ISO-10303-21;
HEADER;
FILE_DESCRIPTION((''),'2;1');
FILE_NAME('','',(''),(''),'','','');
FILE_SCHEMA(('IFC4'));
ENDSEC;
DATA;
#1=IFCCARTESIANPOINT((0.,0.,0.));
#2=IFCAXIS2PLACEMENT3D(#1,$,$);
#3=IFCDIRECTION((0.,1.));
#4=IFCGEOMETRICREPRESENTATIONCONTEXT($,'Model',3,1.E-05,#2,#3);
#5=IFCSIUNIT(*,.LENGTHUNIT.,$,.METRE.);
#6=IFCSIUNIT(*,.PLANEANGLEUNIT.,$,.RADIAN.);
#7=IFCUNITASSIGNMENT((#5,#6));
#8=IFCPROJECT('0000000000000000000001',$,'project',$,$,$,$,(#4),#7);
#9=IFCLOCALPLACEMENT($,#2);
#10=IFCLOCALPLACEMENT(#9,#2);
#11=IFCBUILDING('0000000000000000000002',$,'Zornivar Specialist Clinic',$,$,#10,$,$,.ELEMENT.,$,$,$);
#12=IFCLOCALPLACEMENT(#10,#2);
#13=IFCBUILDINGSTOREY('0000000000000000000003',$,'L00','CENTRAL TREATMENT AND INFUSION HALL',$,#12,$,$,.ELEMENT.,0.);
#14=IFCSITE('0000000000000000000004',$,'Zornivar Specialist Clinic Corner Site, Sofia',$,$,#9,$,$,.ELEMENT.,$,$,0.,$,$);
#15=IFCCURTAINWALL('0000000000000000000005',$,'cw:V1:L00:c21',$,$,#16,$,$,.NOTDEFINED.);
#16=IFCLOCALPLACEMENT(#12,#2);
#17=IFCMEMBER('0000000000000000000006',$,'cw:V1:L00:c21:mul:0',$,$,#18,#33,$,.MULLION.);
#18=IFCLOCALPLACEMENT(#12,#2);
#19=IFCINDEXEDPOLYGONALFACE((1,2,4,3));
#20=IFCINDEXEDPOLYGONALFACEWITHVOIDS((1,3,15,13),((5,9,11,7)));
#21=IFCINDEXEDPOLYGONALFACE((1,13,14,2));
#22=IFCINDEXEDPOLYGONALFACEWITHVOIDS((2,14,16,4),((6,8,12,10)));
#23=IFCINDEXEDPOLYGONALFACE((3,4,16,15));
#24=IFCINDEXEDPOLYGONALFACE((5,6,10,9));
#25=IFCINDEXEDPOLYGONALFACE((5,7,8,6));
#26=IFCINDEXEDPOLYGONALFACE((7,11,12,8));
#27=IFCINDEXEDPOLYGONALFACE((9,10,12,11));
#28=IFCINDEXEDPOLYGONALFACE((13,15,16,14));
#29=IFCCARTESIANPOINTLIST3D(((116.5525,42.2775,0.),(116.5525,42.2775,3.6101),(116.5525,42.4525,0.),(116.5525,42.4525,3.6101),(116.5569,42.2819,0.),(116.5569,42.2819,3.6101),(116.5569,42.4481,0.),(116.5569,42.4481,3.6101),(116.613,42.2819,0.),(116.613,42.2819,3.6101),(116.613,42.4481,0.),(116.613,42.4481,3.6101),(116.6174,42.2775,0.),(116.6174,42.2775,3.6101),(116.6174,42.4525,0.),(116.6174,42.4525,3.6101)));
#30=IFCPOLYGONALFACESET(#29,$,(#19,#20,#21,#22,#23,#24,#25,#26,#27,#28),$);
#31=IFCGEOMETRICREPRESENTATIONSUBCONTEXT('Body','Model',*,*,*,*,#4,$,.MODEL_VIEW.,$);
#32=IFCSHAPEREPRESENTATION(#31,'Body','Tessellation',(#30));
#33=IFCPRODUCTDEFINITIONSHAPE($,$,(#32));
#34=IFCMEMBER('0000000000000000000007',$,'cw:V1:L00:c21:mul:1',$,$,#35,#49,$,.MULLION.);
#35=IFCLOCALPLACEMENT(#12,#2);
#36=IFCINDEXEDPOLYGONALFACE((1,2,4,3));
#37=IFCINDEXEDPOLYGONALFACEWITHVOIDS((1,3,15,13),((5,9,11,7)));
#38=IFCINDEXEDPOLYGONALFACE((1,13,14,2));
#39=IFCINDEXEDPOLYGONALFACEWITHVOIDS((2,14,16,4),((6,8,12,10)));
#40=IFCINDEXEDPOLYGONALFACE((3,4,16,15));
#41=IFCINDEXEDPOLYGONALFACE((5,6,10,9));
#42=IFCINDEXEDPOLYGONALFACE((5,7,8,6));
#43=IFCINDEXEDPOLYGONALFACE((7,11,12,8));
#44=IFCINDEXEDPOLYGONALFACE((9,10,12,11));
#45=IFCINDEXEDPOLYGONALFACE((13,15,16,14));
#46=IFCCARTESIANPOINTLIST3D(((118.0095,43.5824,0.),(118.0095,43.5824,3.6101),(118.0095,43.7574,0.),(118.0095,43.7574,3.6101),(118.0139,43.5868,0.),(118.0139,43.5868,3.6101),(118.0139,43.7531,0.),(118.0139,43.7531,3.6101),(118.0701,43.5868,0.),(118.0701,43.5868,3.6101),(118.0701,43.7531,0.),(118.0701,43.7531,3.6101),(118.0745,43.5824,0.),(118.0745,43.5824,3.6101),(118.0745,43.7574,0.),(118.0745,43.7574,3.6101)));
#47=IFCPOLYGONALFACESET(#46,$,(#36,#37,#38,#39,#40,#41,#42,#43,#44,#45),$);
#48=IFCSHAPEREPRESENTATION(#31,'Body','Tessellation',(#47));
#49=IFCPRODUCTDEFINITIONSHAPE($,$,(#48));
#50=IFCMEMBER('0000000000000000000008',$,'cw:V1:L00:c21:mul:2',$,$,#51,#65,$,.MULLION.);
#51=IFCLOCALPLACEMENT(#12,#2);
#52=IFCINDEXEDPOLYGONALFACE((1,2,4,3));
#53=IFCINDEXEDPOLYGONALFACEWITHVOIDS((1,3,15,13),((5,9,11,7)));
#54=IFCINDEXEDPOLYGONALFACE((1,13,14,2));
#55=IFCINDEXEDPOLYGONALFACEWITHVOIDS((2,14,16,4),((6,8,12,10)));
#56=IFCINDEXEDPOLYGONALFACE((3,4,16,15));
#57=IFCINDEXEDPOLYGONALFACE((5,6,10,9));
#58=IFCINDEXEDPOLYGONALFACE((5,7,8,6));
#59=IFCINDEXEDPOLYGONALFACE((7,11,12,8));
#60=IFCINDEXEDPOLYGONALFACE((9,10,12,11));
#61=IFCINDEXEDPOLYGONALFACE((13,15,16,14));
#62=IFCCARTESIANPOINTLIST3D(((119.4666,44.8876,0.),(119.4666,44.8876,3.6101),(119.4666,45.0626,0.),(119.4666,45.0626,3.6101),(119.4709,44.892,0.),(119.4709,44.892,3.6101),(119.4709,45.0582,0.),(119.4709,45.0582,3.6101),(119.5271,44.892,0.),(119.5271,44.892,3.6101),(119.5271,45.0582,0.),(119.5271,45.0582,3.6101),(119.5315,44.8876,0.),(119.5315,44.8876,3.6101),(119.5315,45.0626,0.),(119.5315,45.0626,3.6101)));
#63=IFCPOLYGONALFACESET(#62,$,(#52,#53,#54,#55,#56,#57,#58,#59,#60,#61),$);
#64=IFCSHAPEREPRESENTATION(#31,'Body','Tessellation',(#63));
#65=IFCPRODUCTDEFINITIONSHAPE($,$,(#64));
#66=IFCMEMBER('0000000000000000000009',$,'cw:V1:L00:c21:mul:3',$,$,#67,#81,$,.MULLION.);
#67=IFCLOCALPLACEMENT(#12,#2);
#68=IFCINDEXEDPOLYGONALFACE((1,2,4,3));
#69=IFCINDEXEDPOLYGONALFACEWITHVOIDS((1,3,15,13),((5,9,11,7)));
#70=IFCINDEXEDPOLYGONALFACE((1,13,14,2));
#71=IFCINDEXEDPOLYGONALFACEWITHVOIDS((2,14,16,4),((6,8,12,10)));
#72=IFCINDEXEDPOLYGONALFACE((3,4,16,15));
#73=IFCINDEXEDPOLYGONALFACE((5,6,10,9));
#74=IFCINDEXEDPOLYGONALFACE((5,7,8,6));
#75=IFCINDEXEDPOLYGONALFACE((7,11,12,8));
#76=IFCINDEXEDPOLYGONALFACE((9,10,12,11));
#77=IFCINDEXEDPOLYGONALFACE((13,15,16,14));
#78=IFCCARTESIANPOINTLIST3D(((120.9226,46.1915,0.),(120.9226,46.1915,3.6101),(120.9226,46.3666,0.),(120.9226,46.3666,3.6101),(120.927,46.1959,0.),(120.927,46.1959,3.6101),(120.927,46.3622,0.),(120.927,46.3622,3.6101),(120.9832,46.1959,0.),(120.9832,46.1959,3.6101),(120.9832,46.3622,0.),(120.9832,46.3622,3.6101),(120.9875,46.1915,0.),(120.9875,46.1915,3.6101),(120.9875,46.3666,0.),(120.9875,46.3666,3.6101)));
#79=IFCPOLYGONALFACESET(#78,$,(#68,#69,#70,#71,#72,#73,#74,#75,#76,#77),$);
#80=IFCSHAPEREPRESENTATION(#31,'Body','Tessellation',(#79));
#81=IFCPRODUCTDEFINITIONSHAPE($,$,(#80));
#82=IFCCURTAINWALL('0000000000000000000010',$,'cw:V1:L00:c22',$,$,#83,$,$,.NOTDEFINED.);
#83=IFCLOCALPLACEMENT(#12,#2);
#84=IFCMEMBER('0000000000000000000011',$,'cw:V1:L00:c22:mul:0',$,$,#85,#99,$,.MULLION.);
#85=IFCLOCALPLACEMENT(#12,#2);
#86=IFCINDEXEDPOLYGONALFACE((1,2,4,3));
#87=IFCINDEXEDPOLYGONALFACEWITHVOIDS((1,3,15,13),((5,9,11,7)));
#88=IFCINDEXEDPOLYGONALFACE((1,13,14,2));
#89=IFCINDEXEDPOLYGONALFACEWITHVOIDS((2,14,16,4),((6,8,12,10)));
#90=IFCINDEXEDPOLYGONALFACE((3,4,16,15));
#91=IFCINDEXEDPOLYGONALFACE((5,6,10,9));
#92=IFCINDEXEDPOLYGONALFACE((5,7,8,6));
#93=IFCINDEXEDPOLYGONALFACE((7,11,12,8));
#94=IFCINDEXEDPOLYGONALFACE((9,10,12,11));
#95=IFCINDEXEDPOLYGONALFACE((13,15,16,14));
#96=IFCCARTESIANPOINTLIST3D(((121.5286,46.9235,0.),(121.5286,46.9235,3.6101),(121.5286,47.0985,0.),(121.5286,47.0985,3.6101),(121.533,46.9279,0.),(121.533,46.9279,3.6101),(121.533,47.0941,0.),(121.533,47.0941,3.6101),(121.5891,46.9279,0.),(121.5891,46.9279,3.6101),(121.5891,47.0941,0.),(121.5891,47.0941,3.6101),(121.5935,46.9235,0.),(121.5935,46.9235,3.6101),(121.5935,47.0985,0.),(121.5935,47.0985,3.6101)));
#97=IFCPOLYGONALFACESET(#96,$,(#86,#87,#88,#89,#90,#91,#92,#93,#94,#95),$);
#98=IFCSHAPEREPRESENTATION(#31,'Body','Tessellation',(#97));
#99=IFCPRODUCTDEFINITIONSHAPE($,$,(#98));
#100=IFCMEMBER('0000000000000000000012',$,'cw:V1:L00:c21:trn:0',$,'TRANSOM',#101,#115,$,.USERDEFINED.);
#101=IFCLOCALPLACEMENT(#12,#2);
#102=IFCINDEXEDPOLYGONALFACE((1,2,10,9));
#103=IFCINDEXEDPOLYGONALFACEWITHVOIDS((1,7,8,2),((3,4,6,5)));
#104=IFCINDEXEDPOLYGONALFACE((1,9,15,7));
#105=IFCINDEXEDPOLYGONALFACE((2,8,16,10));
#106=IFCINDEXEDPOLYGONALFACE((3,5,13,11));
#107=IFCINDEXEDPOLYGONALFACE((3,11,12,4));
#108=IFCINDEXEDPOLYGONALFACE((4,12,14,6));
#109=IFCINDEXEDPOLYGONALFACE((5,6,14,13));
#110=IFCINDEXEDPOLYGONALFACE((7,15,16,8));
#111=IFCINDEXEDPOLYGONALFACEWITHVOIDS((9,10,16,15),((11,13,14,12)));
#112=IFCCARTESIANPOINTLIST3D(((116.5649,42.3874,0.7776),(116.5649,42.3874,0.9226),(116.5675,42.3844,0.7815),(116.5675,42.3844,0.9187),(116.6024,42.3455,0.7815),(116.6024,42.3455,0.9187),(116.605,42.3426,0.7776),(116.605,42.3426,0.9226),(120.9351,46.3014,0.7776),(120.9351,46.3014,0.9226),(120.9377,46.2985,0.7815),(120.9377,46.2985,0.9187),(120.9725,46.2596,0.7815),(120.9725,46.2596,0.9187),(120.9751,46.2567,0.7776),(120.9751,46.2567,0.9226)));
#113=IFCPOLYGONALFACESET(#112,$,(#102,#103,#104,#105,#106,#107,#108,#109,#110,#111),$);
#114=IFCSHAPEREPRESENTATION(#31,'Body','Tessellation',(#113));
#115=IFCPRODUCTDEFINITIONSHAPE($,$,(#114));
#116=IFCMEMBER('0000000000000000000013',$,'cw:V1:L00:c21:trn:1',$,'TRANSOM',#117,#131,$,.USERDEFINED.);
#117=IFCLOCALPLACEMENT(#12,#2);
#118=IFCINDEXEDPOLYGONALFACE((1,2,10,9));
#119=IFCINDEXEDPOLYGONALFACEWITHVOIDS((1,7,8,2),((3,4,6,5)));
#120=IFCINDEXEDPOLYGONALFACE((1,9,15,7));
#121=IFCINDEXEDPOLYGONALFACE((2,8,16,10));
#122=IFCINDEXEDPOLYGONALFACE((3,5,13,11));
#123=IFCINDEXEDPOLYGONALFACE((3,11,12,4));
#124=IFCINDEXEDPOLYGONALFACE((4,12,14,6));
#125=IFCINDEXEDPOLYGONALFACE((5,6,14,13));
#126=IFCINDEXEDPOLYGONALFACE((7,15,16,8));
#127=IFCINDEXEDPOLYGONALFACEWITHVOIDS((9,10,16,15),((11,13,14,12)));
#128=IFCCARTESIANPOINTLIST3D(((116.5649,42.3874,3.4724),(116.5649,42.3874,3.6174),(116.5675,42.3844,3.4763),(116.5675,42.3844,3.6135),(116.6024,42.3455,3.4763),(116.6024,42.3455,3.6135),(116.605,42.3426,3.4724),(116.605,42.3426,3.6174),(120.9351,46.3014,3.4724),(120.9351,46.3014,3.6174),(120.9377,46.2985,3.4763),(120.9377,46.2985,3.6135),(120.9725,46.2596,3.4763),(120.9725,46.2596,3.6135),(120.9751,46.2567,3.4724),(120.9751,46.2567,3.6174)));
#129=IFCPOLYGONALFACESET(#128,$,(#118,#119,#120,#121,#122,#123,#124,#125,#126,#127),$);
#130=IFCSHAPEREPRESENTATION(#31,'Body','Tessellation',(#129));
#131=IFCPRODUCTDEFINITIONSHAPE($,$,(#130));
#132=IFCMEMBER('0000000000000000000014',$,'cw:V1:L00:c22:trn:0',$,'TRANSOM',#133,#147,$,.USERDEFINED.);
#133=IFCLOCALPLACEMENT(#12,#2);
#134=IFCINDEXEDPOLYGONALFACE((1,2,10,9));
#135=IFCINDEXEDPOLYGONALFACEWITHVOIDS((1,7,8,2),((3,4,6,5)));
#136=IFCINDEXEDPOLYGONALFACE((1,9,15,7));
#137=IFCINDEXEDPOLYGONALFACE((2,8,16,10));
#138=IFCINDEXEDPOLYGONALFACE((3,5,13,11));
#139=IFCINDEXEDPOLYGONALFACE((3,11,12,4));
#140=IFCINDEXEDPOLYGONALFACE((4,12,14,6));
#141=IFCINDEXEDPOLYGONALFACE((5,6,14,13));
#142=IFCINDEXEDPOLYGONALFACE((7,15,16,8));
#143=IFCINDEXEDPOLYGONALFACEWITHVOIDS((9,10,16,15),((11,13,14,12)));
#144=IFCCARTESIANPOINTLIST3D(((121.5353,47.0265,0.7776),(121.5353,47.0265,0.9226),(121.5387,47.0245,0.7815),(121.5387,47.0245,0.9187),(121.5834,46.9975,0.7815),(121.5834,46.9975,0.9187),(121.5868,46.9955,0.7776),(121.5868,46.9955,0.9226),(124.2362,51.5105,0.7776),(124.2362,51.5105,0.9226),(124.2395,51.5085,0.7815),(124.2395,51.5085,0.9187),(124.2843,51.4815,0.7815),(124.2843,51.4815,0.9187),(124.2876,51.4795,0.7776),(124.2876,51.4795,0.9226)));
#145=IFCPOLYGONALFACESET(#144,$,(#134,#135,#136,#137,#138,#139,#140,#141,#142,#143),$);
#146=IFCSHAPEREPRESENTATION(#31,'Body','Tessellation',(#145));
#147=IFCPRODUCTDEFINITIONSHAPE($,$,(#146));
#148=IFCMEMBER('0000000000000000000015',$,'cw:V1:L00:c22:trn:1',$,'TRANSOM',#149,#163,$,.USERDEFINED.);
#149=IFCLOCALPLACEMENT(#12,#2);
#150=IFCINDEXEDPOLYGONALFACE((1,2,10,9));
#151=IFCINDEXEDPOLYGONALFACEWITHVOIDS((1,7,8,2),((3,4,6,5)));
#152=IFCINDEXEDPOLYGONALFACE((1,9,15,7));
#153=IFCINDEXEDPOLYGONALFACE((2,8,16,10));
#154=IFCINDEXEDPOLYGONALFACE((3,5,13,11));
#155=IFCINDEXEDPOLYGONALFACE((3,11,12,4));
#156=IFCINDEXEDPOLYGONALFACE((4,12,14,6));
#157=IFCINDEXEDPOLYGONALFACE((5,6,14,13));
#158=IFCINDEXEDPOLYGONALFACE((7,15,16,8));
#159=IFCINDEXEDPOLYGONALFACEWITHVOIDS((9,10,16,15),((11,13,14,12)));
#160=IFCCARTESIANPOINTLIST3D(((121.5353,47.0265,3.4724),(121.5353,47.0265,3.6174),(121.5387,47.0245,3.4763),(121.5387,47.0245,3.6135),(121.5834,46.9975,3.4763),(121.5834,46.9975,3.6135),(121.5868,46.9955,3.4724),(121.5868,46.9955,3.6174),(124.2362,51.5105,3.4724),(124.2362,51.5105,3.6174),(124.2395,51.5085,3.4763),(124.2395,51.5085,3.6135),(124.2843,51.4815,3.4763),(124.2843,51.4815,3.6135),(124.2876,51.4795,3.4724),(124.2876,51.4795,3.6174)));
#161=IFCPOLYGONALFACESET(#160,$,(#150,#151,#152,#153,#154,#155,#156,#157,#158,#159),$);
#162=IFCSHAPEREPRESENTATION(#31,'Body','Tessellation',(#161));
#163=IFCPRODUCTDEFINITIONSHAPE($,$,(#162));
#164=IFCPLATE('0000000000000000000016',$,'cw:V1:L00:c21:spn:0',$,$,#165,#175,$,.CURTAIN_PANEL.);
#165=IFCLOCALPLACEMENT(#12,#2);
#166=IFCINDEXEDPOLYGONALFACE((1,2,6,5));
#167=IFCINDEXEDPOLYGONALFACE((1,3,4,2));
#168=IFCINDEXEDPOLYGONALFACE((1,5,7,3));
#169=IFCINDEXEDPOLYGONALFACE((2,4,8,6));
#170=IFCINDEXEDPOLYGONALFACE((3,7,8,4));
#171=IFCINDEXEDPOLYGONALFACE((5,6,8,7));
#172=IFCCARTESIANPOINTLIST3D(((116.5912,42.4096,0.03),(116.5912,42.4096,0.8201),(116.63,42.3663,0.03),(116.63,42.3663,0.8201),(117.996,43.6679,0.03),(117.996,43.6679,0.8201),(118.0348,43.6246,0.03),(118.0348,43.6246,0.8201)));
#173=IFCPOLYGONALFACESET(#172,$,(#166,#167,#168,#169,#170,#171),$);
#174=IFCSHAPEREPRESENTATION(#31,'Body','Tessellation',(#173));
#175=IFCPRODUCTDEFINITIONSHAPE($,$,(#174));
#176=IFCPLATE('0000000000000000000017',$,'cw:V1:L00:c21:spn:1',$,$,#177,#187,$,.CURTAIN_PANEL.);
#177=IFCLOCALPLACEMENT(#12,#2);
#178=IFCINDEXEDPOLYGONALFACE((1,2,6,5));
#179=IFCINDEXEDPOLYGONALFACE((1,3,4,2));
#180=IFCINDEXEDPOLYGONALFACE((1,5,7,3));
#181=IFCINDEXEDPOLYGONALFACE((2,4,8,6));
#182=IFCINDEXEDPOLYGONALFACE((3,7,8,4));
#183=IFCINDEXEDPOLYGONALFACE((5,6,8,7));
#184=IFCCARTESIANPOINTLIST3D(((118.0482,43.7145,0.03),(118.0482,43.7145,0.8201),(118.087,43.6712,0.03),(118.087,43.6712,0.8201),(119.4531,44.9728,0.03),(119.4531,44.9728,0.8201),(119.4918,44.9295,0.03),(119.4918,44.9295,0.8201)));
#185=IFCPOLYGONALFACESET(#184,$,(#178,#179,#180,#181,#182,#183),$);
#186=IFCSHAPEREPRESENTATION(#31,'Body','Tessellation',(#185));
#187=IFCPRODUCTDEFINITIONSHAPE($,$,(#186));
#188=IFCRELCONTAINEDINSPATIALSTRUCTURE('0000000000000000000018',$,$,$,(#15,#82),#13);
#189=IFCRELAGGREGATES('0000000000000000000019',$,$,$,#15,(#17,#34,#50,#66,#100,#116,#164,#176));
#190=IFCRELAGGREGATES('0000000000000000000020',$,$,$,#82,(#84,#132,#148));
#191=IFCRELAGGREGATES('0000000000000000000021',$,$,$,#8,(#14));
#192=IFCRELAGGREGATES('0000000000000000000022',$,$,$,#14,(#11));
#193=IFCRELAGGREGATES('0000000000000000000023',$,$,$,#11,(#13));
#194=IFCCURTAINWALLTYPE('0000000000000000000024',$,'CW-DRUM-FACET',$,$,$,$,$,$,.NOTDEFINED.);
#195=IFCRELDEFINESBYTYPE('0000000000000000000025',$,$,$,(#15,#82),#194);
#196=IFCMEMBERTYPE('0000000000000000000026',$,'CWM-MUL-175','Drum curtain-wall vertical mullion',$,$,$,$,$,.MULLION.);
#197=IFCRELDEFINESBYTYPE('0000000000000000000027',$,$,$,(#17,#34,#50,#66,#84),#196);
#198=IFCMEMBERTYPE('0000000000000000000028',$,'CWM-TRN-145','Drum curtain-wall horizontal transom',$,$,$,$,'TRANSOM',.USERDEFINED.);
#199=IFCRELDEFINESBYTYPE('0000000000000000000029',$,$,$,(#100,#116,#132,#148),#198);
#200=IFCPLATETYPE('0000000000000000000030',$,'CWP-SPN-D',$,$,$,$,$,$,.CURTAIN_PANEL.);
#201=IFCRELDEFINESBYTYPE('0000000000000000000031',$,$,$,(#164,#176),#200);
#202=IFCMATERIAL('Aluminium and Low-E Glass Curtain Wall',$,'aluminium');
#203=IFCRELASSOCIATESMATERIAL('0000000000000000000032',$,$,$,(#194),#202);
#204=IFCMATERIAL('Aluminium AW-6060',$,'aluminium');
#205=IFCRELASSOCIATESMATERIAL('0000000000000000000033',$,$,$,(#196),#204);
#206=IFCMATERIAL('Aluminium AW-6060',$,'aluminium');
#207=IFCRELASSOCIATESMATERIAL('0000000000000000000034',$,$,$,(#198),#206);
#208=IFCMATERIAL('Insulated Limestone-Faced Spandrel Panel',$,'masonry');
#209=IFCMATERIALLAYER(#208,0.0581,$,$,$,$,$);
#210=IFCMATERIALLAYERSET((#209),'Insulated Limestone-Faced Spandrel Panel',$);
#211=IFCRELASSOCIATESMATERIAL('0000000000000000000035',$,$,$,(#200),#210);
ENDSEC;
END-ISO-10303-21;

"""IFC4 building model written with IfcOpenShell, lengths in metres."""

from ifc_helpers import new_model, si_unit, direction, frame, origin, origin_2d, place, context, subcontext, project, spatial, rectangle, hollow_rectangle, extrude, material, layer, layer_set, material_profile, profile_set, type_object, element, aggregate, save


model = new_model("IFC4")

# Units and contexts
model_context = context("Model", 3, precision=1e-05, world=origin(), true_north=direction((0.0, 1.0)))
body_context = subcontext(model_context, "Body", "Model", "MODEL_VIEW")
ifc_project = project(units=[si_unit("LENGTHUNIT", "METRE"), si_unit("PLANEANGLEUNIT", "RADIAN")], contexts=[model_context])

# Site, building, storey
site_placement = place(None, origin())
site = spatial("IfcSite", under=ifc_project, at=site_placement, Name="Zornivar Specialist Clinic Corner Site, Sofia", CompositionType="ELEMENT", RefElevation=0.0)
building_placement = place(site_placement, origin())
building = spatial("IfcBuilding", under=site, at=building_placement, Name="Zornivar Specialist Clinic", CompositionType="ELEMENT")
storey_placement = place(building_placement, origin())
storey = spatial("IfcBuildingStorey", under=building, at=storey_placement, Name="L00", Description="CENTRAL TREATMENT AND INFUSION HALL", CompositionType="ELEMENT", Elevation=0.0)

# Curtain wall, members
ifc_material_1 = material(Name="Aluminium and Low-E Glass Curtain Wall", Category="aluminium")
curtain_wall_type = type_object("IfcCurtainWallType", Name="CW-DRUM-FACET", PredefinedType="NOTDEFINED", material=ifc_material_1)
curtain_wall_1_placement = place(storey_placement, origin())
curtain_wall_1 = element("IfcCurtainWall", 1, at=curtain_wall_1_placement, inside=storey, type_object=curtain_wall_type, Name="cw:V1:L00:c21", PredefinedType="NOTDEFINED")
ifc_material_2 = material(Name="Aluminium AW-6060", Category="aluminium")
ifc_material_profile_1 = material_profile(ifc_material_2, hollow_rectangle(XDim=0.0649, YDim=0.175, WallThickness=0.0044, at=origin_2d()), Name="ALU 65x175x4.5")
ifc_profile_set_1 = profile_set([ifc_material_profile_1], Name="Aluminium AW-6060")
member_type_1 = type_object("IfcMemberType", Name="CWM-MUL-175", Description="Drum curtain-wall vertical mullion", PredefinedType="MULLION", material=ifc_profile_set_1)
member_1_placement = place(storey_placement, frame((116.585, 42.365, 0.0), z_axis=(0.0, 0.0, 1.0), x_axis=(1.0, 0.0, 0.0)))
member_1 = element("IfcMember", 2, at=member_1_placement, type_object=member_type_1, Name="cw:V1:L00:c21:mul:0", PredefinedType="MULLION", context=body_context, shape_type="SweptSolid", body=[
    extrude(hollow_rectangle(XDim=0.0649, YDim=0.175, WallThickness=0.0044, at=origin_2d()), origin(), (0.0, 0.0, 1.0), 3.6101),
])
member_2_placement = place(storey_placement, frame((118.042, 43.6699, 0.0), z_axis=(0.0, 0.0, 1.0), x_axis=(1.0, 0.0, 0.0)))
member_2 = element("IfcMember", 3, at=member_2_placement, type_object=member_type_1, Name="cw:V1:L00:c21:mul:1", PredefinedType="MULLION", context=body_context, shape_type="SweptSolid", body=[
    extrude(hollow_rectangle(XDim=0.0649, YDim=0.175, WallThickness=0.0044, at=origin_2d()), origin(), (0.0, 0.0, 1.0), 3.6101),
])
member_3_placement = place(storey_placement, frame((119.499, 44.9751, 0.0), z_axis=(0.0, 0.0, 1.0), x_axis=(1.0, 0.0, 0.0)))
member_3 = element("IfcMember", 4, at=member_3_placement, type_object=member_type_1, Name="cw:V1:L00:c21:mul:2", PredefinedType="MULLION", context=body_context, shape_type="SweptSolid", body=[
    extrude(hollow_rectangle(XDim=0.0649, YDim=0.175, WallThickness=0.0044, at=origin_2d()), origin(), (0.0, 0.0, 1.0), 3.6101),
])
member_4_placement = place(storey_placement, frame((120.9551, 46.2791, 0.0), z_axis=(0.0, 0.0, 1.0), x_axis=(1.0, 0.0, 0.0)))
member_4 = element("IfcMember", 5, at=member_4_placement, type_object=member_type_1, Name="cw:V1:L00:c21:mul:3", PredefinedType="MULLION", context=body_context, shape_type="SweptSolid", body=[
    extrude(hollow_rectangle(XDim=0.0649, YDim=0.175, WallThickness=0.0044, at=origin_2d()), origin(), (0.0, 0.0, 1.0), 3.6101),
])

# Curtain wall, member
curtain_wall_2_placement = place(storey_placement, origin())
curtain_wall_2 = element("IfcCurtainWall", 6, at=curtain_wall_2_placement, inside=storey, type_object=curtain_wall_type, Name="cw:V1:L00:c22", PredefinedType="NOTDEFINED")
member_5_placement = place(storey_placement, frame((121.561, 47.011, 0.0), z_axis=(0.0, 0.0, 1.0), x_axis=(1.0, 0.0, 0.0)))
member_5 = element("IfcMember", 7, at=member_5_placement, type_object=member_type_1, Name="cw:V1:L00:c22:mul:0", PredefinedType="MULLION", context=body_context, shape_type="SweptSolid", body=[
    extrude(hollow_rectangle(XDim=0.0649, YDim=0.175, WallThickness=0.0044, at=origin_2d()), origin(), (0.0, 0.0, 1.0), 3.6101),
])

# Members
ifc_material_3 = material(Name="Aluminium AW-6060", Category="aluminium")
ifc_material_profile_2 = material_profile(ifc_material_3, hollow_rectangle(XDim=0.0601, YDim=0.145, WallThickness=0.0039, at=origin_2d()), Name="ALU 60x145x4")
ifc_profile_set_2 = profile_set([ifc_material_profile_2], Name="Aluminium AW-6060")
member_type_2 = type_object("IfcMemberType", Name="CWM-TRN-145", Description="Drum curtain-wall horizontal transom", ElementType="TRANSOM", PredefinedType="USERDEFINED", material=ifc_profile_set_2)
member_6_placement = place(storey_placement, frame((116.585, 42.365, 0.8501), z_axis=(0.744906, 0.667169, 0.0), x_axis=(-0.667169, 0.744906, 0.0)))
member_6 = element("IfcMember", 8, at=member_6_placement, type_object=member_type_2, Name="cw:V1:L00:c21:trn:0", ObjectType="TRANSOM", PredefinedType="USERDEFINED", context=body_context, shape_type="SweptSolid", body=[
    extrude(hollow_rectangle(XDim=0.0601, YDim=0.145, WallThickness=0.0039, at=origin_2d()), origin(), (0.0, 0.0, 1.0), 5.8667),
])
member_7_placement = place(storey_placement, frame((116.585, 42.365, 3.5449), z_axis=(0.744906, 0.667169, 0.0), x_axis=(-0.667169, 0.744906, 0.0)))
member_7 = element("IfcMember", 9, at=member_7_placement, type_object=member_type_2, Name="cw:V1:L00:c21:trn:1", ObjectType="TRANSOM", PredefinedType="USERDEFINED", context=body_context, shape_type="SweptSolid", body=[
    extrude(hollow_rectangle(XDim=0.0601, YDim=0.145, WallThickness=0.0039, at=origin_2d()), origin(), (0.0, 0.0, 1.0), 5.8667),
])
member_8_placement = place(storey_placement, frame((121.561, 47.011, 0.8501), z_axis=(0.515963, 0.856611, 0.0), x_axis=(-0.856611, 0.515963, 0.0)))
member_8 = element("IfcMember", 10, at=member_8_placement, type_object=member_type_2, Name="cw:V1:L00:c22:trn:0", ObjectType="TRANSOM", PredefinedType="USERDEFINED", context=body_context, shape_type="SweptSolid", body=[
    extrude(hollow_rectangle(XDim=0.0601, YDim=0.145, WallThickness=0.0039, at=origin_2d()), origin(), (0.0, 0.0, 1.0), 5.2346),
])
member_9_placement = place(storey_placement, frame((121.561, 47.011, 3.5449), z_axis=(0.515963, 0.856611, 0.0), x_axis=(-0.856611, 0.515963, 0.0)))
member_9 = element("IfcMember", 11, at=member_9_placement, type_object=member_type_2, Name="cw:V1:L00:c22:trn:1", ObjectType="TRANSOM", PredefinedType="USERDEFINED", context=body_context, shape_type="SweptSolid", body=[
    extrude(hollow_rectangle(XDim=0.0601, YDim=0.145, WallThickness=0.0039, at=origin_2d()), origin(), (0.0, 0.0, 1.0), 5.2346),
])

# Plates
ifc_material_4 = material(Name="Insulated Limestone-Faced Spandrel Panel", Category="masonry")
ifc_layer_1 = layer(ifc_material_4, 0.0581)
ifc_layer_set_1 = layer_set([ifc_layer_1], Name="Insulated Limestone-Faced Spandrel Panel")
plate_type_1 = type_object("IfcPlateType", Name="CWP-SPN-D", PredefinedType="CURTAIN_PANEL", material=ifc_layer_set_1)
plate_1_placement = place(storey_placement, frame((117.313, 43.0171, 0.03), z_axis=(0.0, 0.0, 1.0), x_axis=(0.744881, 0.667198, 0.0)))
plate_1 = element("IfcPlate", 12, at=plate_1_placement, type_object=plate_type_1, Name="cw:V1:L00:c21:spn:0", PredefinedType="CURTAIN_PANEL", context=body_context, shape_type="SweptSolid", body=[
    extrude(rectangle(XDim=1.886, YDim=0.0581, at=origin_2d()), origin(), (0.0, 0.0, 1.0), 0.79),
])
plate_2_placement = place(storey_placement, frame((118.77, 44.322, 0.03), z_axis=(0.0, 0.0, 1.0), x_axis=(0.744881, 0.667198, 0.0)))
plate_2 = element("IfcPlate", 13, at=plate_2_placement, type_object=plate_type_1, Name="cw:V1:L00:c21:spn:1", PredefinedType="CURTAIN_PANEL", context=body_context, shape_type="SweptSolid", body=[
    extrude(rectangle(XDim=1.886, YDim=0.0581, at=origin_2d()), origin(), (0.0, 0.0, 1.0), 0.79),
])
aggregate(curtain_wall_1, [member_1, member_2, member_3, member_4, member_6, member_7, plate_1, plate_2])
aggregate(curtain_wall_2, [member_5, member_8, member_9])

save(model, "model.ifc")
